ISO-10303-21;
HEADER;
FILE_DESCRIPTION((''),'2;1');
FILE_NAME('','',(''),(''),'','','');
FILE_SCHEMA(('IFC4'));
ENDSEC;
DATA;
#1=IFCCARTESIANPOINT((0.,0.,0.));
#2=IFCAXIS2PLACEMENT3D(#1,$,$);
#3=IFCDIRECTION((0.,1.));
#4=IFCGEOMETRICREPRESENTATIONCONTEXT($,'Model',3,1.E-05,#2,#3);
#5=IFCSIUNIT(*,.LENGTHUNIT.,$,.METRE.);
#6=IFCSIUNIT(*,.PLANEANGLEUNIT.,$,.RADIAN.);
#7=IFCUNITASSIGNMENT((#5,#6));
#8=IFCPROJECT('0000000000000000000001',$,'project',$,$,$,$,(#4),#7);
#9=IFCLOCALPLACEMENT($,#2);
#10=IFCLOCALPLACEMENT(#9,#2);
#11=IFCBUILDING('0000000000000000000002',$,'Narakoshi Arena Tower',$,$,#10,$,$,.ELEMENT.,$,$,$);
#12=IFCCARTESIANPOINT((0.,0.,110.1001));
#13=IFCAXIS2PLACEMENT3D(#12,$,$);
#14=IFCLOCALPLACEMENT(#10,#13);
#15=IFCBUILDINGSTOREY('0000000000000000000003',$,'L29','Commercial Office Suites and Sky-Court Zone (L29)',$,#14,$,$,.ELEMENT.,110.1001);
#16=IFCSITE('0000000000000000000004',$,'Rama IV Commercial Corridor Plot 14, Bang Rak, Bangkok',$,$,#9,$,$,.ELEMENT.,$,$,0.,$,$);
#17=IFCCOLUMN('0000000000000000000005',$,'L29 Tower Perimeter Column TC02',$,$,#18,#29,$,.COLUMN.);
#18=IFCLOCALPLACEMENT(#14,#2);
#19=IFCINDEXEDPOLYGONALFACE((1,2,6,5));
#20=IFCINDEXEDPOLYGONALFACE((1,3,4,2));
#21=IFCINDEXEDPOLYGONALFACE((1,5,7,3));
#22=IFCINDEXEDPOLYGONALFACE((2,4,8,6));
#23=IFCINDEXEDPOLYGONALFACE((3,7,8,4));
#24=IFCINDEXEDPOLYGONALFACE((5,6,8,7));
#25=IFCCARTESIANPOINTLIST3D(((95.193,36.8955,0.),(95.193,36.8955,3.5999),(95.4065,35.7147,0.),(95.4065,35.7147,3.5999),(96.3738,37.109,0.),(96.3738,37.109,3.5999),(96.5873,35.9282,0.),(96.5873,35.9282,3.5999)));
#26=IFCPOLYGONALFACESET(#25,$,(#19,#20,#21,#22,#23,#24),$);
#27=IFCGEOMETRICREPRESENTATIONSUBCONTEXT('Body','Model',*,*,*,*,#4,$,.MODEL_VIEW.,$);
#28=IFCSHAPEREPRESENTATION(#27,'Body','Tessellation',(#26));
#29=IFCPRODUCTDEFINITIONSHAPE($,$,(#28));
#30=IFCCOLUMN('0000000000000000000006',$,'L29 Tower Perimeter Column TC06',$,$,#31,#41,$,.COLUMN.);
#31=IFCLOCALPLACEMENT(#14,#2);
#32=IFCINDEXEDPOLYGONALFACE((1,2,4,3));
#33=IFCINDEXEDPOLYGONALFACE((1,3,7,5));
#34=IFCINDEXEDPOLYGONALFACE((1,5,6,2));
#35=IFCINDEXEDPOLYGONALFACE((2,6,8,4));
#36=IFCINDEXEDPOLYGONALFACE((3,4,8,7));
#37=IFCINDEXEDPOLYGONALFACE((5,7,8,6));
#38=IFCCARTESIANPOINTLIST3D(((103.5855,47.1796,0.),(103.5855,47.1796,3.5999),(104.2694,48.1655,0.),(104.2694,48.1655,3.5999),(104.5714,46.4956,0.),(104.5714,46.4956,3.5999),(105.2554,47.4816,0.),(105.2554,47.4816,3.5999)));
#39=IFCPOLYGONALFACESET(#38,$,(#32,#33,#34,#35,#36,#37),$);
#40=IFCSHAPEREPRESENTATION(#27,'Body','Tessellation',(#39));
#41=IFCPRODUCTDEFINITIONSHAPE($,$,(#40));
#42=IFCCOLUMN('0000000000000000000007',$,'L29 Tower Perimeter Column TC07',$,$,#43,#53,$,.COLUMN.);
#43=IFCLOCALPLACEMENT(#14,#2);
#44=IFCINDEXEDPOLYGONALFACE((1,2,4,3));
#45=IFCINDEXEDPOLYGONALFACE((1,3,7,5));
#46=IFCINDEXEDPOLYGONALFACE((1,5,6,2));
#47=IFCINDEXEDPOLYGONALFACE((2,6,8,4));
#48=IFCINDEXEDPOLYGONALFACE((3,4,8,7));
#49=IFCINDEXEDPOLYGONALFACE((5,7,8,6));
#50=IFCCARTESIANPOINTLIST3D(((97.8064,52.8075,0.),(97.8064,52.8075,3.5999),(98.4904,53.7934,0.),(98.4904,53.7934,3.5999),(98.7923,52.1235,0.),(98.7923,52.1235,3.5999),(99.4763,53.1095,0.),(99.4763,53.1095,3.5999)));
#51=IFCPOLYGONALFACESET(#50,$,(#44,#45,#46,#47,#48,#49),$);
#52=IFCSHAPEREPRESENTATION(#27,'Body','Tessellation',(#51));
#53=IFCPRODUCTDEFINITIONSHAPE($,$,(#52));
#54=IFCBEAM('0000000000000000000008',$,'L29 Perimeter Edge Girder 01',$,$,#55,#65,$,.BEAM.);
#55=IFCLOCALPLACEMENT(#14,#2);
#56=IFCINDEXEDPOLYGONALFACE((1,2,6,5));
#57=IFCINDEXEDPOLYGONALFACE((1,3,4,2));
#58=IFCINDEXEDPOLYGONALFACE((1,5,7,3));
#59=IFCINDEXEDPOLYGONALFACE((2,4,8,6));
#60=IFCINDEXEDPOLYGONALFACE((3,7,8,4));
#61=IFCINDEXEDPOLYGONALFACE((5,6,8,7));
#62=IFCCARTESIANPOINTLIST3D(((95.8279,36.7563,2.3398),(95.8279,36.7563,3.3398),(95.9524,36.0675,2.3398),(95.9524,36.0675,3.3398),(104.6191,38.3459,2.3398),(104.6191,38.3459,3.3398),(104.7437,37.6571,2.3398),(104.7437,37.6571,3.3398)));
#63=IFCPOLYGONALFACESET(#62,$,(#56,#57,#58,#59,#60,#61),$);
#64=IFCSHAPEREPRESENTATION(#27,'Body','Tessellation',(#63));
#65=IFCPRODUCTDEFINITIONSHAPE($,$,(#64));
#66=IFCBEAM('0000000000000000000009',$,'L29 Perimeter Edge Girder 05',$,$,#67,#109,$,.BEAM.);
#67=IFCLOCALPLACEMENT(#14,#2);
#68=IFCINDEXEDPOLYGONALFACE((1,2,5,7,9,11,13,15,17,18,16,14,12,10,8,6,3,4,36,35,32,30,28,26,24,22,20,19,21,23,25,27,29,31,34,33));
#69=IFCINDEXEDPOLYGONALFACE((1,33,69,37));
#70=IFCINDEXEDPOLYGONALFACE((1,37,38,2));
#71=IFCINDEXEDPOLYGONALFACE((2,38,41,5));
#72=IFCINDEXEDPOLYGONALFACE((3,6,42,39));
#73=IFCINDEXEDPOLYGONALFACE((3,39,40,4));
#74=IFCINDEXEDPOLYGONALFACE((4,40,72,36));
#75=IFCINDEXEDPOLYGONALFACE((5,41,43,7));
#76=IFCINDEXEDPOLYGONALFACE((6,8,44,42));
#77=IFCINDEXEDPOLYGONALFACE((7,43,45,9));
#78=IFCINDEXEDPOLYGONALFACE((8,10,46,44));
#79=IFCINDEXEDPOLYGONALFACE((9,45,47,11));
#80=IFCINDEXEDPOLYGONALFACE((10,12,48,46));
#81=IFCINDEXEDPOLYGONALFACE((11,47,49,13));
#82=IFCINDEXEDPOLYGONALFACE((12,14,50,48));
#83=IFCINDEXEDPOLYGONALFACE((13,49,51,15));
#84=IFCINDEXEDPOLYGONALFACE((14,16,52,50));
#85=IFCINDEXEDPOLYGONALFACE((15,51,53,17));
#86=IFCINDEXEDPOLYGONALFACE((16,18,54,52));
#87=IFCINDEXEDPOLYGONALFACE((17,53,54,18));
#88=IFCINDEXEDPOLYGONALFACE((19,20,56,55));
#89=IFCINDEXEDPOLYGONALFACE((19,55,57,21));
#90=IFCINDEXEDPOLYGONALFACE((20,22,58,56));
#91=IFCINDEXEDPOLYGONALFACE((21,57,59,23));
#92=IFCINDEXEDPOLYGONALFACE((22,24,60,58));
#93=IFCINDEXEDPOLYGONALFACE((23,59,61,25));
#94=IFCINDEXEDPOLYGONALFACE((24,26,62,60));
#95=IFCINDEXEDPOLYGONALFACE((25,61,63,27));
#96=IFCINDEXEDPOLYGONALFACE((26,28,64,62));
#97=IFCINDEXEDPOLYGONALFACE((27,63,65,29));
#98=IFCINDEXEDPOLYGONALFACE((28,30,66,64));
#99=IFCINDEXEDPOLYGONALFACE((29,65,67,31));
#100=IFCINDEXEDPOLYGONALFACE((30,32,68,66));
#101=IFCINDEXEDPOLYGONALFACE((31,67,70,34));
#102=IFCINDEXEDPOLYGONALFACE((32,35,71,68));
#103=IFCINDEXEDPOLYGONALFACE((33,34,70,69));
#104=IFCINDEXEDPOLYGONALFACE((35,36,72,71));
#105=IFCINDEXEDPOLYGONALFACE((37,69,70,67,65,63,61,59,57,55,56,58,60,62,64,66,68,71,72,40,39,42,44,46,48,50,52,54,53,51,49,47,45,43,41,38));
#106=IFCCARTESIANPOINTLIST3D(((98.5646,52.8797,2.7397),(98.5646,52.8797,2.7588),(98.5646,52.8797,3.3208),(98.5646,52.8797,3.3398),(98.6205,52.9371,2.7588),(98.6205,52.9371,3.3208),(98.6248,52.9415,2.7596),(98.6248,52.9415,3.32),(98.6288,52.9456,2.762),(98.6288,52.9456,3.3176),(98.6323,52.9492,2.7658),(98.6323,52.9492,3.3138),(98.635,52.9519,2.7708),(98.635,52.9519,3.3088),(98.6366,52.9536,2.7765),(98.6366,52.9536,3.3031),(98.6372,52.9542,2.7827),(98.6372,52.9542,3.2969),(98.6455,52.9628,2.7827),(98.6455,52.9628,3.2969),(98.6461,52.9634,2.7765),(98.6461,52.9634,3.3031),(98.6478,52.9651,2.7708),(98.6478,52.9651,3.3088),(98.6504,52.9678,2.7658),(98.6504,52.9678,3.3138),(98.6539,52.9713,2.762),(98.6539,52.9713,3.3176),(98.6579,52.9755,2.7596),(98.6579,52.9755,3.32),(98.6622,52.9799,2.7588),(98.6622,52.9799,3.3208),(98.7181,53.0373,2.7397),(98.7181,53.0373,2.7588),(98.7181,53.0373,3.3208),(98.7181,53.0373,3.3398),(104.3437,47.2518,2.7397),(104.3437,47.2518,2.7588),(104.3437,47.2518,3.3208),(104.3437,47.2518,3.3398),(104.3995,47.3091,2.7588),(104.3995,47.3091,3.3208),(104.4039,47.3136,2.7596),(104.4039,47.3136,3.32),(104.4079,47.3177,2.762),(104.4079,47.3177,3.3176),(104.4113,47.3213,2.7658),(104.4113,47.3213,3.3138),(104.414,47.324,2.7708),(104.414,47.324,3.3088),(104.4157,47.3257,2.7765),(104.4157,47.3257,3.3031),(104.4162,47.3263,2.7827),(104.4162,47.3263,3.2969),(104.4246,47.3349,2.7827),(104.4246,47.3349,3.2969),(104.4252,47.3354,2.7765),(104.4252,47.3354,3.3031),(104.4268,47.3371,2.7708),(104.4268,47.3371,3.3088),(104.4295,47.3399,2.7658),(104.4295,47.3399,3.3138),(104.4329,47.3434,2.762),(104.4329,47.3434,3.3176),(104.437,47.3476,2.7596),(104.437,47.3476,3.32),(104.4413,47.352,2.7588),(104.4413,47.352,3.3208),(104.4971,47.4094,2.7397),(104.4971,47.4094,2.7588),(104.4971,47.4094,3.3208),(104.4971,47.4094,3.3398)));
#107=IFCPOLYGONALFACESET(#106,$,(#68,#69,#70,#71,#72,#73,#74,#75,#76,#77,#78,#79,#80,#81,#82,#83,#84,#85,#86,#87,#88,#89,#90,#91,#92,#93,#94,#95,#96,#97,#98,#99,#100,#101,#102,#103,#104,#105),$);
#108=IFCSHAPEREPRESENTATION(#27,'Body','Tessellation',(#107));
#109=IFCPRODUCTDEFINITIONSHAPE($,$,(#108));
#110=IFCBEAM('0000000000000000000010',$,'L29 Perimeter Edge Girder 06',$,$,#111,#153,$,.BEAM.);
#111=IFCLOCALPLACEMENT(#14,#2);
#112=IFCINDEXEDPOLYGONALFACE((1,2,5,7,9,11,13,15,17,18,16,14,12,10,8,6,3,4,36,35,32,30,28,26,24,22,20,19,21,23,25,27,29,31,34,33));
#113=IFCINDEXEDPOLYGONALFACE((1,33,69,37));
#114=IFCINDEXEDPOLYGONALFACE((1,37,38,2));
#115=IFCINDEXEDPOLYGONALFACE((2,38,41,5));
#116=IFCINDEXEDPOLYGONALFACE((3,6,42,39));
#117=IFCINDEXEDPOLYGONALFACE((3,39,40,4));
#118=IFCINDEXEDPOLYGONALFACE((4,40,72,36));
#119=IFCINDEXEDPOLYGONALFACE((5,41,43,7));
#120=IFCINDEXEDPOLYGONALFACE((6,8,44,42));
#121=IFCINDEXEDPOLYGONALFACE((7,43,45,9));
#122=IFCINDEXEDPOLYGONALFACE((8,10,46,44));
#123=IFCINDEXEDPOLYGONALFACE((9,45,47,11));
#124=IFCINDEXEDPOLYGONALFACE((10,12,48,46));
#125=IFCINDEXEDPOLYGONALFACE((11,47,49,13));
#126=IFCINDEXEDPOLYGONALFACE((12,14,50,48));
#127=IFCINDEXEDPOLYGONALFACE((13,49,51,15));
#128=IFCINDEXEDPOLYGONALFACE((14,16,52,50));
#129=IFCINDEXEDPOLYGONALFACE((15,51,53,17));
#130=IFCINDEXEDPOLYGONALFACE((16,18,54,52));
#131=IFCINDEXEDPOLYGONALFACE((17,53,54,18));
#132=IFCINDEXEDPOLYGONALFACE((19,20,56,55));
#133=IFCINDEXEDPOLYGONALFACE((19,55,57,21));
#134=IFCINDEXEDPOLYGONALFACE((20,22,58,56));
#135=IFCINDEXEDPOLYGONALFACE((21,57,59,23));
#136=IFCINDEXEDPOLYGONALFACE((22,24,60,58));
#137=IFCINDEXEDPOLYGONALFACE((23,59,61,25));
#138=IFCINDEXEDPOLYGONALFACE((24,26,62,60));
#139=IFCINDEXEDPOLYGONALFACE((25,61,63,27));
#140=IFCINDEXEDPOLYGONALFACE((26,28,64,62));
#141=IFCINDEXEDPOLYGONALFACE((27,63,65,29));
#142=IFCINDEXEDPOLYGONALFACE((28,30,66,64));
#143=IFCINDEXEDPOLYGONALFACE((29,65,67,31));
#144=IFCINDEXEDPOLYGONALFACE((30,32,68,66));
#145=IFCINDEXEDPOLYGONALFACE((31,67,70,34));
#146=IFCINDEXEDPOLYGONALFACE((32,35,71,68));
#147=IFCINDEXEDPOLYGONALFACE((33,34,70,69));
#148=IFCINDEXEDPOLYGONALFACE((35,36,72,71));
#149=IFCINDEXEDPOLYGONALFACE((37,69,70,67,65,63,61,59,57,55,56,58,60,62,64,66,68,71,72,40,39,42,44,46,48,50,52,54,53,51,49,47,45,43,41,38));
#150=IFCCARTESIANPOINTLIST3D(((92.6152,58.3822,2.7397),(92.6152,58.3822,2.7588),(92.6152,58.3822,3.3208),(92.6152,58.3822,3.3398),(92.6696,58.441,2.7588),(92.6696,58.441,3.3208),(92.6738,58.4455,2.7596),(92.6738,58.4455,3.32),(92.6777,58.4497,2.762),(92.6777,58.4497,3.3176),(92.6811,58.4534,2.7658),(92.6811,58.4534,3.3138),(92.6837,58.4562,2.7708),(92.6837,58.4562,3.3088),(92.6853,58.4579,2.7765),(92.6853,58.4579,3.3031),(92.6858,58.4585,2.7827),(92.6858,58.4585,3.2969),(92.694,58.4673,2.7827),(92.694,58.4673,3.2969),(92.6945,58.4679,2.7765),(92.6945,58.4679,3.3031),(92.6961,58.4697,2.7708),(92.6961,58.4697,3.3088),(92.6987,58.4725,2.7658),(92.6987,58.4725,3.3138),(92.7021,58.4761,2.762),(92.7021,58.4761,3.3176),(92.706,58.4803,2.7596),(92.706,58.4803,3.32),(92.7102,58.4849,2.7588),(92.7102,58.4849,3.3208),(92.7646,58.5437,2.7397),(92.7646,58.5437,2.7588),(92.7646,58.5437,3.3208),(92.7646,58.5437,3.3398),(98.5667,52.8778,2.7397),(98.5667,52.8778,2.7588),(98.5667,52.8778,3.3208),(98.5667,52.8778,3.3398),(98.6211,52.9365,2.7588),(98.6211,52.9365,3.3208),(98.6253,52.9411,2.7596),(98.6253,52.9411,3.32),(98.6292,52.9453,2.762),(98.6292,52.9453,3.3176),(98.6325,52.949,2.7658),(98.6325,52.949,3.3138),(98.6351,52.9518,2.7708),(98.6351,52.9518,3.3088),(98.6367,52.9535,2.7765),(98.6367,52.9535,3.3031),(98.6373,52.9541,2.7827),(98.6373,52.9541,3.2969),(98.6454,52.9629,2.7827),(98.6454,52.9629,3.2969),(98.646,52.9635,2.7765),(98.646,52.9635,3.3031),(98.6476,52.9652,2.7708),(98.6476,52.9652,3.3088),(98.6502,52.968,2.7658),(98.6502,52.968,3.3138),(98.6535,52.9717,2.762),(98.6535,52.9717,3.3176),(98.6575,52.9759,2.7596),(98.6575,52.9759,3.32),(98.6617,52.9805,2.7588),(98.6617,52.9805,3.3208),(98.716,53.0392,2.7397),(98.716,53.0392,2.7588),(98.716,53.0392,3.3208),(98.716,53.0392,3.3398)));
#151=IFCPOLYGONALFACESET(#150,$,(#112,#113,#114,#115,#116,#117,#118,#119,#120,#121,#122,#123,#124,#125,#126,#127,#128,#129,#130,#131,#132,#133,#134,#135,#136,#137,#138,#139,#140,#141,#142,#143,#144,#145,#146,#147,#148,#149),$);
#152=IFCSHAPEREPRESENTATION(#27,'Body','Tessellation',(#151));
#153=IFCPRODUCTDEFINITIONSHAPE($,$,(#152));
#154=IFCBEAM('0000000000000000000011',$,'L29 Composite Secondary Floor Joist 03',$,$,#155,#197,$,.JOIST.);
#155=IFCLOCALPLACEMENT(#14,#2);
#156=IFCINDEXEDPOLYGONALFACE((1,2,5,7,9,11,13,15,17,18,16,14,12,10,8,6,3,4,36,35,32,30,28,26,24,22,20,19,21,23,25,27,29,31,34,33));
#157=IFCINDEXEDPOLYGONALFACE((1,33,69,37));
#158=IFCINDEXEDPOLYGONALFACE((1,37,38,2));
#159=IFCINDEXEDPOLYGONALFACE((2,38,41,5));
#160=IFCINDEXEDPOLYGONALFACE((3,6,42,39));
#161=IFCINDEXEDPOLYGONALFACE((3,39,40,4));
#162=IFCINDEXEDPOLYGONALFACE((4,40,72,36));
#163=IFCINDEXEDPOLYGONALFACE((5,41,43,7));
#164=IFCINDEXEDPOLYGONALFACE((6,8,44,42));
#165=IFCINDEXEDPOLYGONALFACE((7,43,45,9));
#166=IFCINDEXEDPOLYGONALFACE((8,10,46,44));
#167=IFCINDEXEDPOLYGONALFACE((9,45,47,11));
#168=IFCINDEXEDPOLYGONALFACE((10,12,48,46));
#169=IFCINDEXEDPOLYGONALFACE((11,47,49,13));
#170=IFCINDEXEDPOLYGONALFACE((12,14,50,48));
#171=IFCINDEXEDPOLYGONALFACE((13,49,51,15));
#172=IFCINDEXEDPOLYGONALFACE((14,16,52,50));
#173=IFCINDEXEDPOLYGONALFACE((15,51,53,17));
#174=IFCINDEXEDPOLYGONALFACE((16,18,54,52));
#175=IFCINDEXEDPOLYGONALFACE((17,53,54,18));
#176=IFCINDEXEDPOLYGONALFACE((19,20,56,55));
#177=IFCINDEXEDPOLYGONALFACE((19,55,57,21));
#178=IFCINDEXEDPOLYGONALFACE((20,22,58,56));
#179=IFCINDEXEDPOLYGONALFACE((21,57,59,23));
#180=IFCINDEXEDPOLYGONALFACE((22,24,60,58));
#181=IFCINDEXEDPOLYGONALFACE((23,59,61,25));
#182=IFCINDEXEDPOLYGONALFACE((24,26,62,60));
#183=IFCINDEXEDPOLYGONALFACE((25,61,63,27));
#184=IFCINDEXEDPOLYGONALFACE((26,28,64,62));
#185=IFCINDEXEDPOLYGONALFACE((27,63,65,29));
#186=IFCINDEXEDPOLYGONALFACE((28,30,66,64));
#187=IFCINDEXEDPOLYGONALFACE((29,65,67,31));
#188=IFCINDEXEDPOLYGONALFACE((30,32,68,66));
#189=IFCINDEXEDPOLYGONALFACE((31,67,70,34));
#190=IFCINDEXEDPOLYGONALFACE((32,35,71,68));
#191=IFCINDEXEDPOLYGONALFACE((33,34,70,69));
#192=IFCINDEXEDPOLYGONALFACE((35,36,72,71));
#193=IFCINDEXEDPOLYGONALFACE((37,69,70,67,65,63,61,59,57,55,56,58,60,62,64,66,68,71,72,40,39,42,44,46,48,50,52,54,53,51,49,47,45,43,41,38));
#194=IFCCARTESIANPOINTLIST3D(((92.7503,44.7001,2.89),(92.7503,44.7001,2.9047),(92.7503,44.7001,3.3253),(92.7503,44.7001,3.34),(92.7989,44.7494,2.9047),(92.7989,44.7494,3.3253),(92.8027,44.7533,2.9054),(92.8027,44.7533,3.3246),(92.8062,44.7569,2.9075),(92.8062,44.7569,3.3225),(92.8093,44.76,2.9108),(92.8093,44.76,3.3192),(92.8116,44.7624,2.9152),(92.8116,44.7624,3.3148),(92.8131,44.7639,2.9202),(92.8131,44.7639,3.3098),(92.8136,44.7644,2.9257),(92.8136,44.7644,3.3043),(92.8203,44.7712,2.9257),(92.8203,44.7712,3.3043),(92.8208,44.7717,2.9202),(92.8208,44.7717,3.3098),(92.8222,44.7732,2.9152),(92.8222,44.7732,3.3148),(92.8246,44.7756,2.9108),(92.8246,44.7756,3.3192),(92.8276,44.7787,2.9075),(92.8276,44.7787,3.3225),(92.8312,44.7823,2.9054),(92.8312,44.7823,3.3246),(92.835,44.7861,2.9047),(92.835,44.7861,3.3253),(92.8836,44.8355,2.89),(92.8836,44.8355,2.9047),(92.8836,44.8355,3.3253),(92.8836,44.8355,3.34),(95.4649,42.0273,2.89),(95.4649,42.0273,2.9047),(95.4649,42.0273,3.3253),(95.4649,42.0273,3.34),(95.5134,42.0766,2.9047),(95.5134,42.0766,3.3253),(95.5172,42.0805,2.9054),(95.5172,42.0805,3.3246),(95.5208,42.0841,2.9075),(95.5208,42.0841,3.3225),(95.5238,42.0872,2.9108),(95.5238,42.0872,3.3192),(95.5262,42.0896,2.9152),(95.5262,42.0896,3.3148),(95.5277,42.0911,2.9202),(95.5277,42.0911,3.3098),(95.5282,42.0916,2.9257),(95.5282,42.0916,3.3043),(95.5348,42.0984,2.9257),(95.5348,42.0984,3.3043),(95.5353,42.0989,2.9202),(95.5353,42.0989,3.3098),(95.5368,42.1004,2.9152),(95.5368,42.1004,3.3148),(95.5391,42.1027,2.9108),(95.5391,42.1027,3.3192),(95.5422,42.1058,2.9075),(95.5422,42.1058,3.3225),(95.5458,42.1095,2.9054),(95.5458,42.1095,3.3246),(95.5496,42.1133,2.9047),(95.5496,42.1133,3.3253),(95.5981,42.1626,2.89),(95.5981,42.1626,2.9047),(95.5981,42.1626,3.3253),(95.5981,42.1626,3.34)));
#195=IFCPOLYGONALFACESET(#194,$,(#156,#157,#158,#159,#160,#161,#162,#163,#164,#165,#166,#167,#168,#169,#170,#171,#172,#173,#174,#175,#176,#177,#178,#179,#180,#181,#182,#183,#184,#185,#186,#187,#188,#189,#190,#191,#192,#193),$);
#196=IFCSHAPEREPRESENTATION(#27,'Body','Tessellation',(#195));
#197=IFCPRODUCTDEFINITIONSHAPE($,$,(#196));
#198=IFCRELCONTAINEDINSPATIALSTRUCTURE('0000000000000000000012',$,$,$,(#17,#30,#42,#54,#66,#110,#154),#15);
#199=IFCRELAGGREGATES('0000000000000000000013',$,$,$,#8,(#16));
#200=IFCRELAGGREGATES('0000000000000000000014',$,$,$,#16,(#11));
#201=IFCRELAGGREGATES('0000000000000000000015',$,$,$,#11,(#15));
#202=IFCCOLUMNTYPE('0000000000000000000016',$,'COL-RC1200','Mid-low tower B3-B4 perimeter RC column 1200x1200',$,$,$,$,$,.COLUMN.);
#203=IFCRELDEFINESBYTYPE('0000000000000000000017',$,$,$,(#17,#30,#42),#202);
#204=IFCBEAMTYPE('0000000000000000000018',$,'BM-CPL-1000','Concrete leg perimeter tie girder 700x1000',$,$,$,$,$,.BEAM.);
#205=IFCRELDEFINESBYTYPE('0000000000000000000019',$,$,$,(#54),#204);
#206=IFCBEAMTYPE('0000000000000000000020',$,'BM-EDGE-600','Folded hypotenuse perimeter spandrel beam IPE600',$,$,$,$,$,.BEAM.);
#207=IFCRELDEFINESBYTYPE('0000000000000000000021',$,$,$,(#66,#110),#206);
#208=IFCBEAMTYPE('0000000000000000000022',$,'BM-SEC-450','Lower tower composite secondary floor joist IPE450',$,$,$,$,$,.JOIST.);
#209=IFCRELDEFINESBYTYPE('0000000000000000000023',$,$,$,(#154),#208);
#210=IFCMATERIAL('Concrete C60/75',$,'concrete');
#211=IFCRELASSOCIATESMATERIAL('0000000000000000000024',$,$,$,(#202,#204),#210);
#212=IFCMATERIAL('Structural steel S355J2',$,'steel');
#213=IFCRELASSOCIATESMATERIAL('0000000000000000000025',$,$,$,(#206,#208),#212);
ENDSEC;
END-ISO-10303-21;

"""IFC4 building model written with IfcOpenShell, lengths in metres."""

from ifc_helpers import new_model, si_unit, direction, frame, origin, origin_2d, place, context, subcontext, project, spatial, rectangle, i_section, extrude, material, material_profile, profile_set, type_object, element, save


model = new_model("IFC4")

# Units and contexts
model_context = context("Model", 3, precision=1e-05, world=origin(), true_north=direction((0.0, 1.0)))
body_context = subcontext(model_context, "Body", "Model", "MODEL_VIEW")
ifc_project = project(units=[si_unit("LENGTHUNIT", "METRE"), si_unit("PLANEANGLEUNIT", "RADIAN")], contexts=[model_context])

# Site, building, storey
site_placement = place(None, origin())
site = spatial("IfcSite", under=ifc_project, at=site_placement, Name="Rama IV Commercial Corridor Plot 14, Bang Rak, Bangkok", CompositionType="ELEMENT", RefElevation=0.0)
building_placement = place(site_placement, origin())
building = spatial("IfcBuilding", under=site, at=building_placement, Name="Narakoshi Arena Tower", CompositionType="ELEMENT")
storey_placement = place(building_placement, frame((0.0, 0.0, 110.1001)))
storey = spatial("IfcBuildingStorey", under=building, at=storey_placement, Name="L29", Description="Commercial Office Suites and Sky-Court Zone (L29)", CompositionType="ELEMENT", Elevation=110.1001)

# Columns
ifc_material_1 = material(Name="Concrete C60/75", Category="concrete")
ifc_material_profile_1 = material_profile(ifc_material_1, rectangle(XDim=1.2, YDim=1.2, at=origin_2d()), Name="RC1200x1200")
ifc_profile_set_1 = profile_set([ifc_material_profile_1], Name="Concrete C60/75")
column_type = type_object("IfcColumnType", Name="COL-RC1200", Description="Mid-low tower B3-B4 perimeter RC column 1200x1200", PredefinedType="COLUMN", material=ifc_profile_set_1)
for number, where, z_axis, x_axis, name in (
    (1, (95.8901, 36.4119, 0.0), (0.0, 0.0, 1.0), (0.984041, 0.177944, 0.0), "L29 Tower Perimeter Column TC02"),
    (2, (104.4204, 47.3306, 0.0), (0.0, 0.0, 1.0), (0.569997, 0.821647, 0.0), "L29 Tower Perimeter Column TC06"),
    (3, (98.6414, 52.9585, 0.0), (0.0, 0.0, 1.0), (0.569997, 0.821647, 0.0), "L29 Tower Perimeter Column TC07"),
):
    element("IfcColumn", number, at=place(storey_placement, frame(where, z_axis=z_axis, x_axis=x_axis)), inside=storey, type_object=column_type, Name=name, PredefinedType="COLUMN", context=body_context, shape_type="SweptSolid", body=[
        extrude(rectangle(XDim=1.2, YDim=1.2, at=origin_2d()), origin(), (0.0, 0.0, 1.0), 3.5999),
    ])

# Beams
ifc_material_profile_2 = material_profile(ifc_material_1, rectangle(XDim=0.7, YDim=1.0, at=origin_2d()), Name="RCB700x1000")
ifc_profile_set_2 = profile_set([ifc_material_profile_2], Name="Concrete C60/75")
beam_type_1 = type_object("IfcBeamType", Name="BM-CPL-1000", Description="Concrete leg perimeter tie girder 700x1000", PredefinedType="BEAM", material=ifc_profile_set_2)
beam_1_placement = place(storey_placement, frame((95.8901, 36.4119, 2.8398), z_axis=(0.984043, 0.177931, 0.0), x_axis=(-0.177931, 0.984043, 0.0)))
element("IfcBeam", 4, at=beam_1_placement, inside=storey, type_object=beam_type_1, Name="L29 Perimeter Edge Girder 01", PredefinedType="BEAM", context=body_context, shape_type="SweptSolid", body=[
    extrude(rectangle(XDim=0.7, YDim=1.0, at=origin_2d()), origin(), (0.0, 0.0, 1.0), 8.9338),
])
ifc_material_2 = material(Name="Structural steel S355J2", Category="steel")
ifc_material_profile_3 = material_profile(ifc_material_2, i_section(OverallWidth=0.22, OverallDepth=0.6001, WebThickness=0.012, FlangeThickness=0.019, FilletRadius=0.0239, at=origin_2d()), Name="IPE600")
ifc_profile_set_3 = profile_set([ifc_material_profile_3], Name="Structural steel S355J2")
beam_type_2 = type_object("IfcBeamType", Name="BM-EDGE-600", Description="Folded hypotenuse perimeter spandrel beam IPE600", PredefinedType="BEAM", material=ifc_profile_set_3)
beam_2_placement = place(storey_placement, frame((104.4204, 47.3306, 3.0398), z_axis=(-0.716412, 0.697678, 0.0), x_axis=(-0.697678, -0.716412, 0.0)))
element("IfcBeam", 5, at=beam_2_placement, inside=storey, type_object=beam_type_2, Name="L29 Perimeter Edge Girder 05", PredefinedType="BEAM", context=body_context, shape_type="SweptSolid", body=[
    extrude(i_section(OverallWidth=0.22, OverallDepth=0.6001, WebThickness=0.012, FlangeThickness=0.019, FilletRadius=0.0239, at=origin_2d()), origin(), (0.0, 0.0, 1.0), 8.0667),
])
beam_3_placement = place(storey_placement, frame((98.6414, 52.9585, 3.0398), z_axis=(-0.73414, 0.678998, 0.0), x_axis=(-0.678998, -0.73414, 0.0)))
element("IfcBeam", 6, at=beam_3_placement, inside=storey, type_object=beam_type_2, Name="L29 Perimeter Edge Girder 06", PredefinedType="BEAM", context=body_context, shape_type="SweptSolid", body=[
    extrude(i_section(OverallWidth=0.22, OverallDepth=0.6001, WebThickness=0.012, FlangeThickness=0.019, FilletRadius=0.0239, at=origin_2d()), origin(), (0.0, 0.0, 1.0), 8.1067),
])
ifc_material_profile_4 = material_profile(ifc_material_2, i_section(OverallWidth=0.1899, OverallDepth=0.45, WebThickness=0.0095, FlangeThickness=0.0146, FilletRadius=0.021, at=origin_2d()), Name="IPE450")
ifc_profile_set_4 = profile_set([ifc_material_profile_4], Name="Structural steel S355J2")
beam_type_3 = type_object("IfcBeamType", Name="BM-SEC-450", Description="Lower tower composite secondary floor joist IPE450", PredefinedType="JOIST", material=ifc_profile_set_4)
beam_4_placement = place(storey_placement, frame((95.5315, 42.095, 3.115), z_axis=(-0.712565, 0.701606, 0.0), x_axis=(-0.701606, -0.712565, 0.0)))
element("IfcBeam", 7, at=beam_4_placement, inside=storey, type_object=beam_type_3, Name="L29 Composite Secondary Floor Joist 03", PredefinedType="JOIST", context=body_context, shape_type="SweptSolid", body=[
    extrude(i_section(OverallWidth=0.1899, OverallDepth=0.45, WebThickness=0.0095, FlangeThickness=0.0146, FilletRadius=0.021, at=origin_2d()), origin(), (0.0, 0.0, 1.0), 3.8096),
])

save(model, "model.ifc")
